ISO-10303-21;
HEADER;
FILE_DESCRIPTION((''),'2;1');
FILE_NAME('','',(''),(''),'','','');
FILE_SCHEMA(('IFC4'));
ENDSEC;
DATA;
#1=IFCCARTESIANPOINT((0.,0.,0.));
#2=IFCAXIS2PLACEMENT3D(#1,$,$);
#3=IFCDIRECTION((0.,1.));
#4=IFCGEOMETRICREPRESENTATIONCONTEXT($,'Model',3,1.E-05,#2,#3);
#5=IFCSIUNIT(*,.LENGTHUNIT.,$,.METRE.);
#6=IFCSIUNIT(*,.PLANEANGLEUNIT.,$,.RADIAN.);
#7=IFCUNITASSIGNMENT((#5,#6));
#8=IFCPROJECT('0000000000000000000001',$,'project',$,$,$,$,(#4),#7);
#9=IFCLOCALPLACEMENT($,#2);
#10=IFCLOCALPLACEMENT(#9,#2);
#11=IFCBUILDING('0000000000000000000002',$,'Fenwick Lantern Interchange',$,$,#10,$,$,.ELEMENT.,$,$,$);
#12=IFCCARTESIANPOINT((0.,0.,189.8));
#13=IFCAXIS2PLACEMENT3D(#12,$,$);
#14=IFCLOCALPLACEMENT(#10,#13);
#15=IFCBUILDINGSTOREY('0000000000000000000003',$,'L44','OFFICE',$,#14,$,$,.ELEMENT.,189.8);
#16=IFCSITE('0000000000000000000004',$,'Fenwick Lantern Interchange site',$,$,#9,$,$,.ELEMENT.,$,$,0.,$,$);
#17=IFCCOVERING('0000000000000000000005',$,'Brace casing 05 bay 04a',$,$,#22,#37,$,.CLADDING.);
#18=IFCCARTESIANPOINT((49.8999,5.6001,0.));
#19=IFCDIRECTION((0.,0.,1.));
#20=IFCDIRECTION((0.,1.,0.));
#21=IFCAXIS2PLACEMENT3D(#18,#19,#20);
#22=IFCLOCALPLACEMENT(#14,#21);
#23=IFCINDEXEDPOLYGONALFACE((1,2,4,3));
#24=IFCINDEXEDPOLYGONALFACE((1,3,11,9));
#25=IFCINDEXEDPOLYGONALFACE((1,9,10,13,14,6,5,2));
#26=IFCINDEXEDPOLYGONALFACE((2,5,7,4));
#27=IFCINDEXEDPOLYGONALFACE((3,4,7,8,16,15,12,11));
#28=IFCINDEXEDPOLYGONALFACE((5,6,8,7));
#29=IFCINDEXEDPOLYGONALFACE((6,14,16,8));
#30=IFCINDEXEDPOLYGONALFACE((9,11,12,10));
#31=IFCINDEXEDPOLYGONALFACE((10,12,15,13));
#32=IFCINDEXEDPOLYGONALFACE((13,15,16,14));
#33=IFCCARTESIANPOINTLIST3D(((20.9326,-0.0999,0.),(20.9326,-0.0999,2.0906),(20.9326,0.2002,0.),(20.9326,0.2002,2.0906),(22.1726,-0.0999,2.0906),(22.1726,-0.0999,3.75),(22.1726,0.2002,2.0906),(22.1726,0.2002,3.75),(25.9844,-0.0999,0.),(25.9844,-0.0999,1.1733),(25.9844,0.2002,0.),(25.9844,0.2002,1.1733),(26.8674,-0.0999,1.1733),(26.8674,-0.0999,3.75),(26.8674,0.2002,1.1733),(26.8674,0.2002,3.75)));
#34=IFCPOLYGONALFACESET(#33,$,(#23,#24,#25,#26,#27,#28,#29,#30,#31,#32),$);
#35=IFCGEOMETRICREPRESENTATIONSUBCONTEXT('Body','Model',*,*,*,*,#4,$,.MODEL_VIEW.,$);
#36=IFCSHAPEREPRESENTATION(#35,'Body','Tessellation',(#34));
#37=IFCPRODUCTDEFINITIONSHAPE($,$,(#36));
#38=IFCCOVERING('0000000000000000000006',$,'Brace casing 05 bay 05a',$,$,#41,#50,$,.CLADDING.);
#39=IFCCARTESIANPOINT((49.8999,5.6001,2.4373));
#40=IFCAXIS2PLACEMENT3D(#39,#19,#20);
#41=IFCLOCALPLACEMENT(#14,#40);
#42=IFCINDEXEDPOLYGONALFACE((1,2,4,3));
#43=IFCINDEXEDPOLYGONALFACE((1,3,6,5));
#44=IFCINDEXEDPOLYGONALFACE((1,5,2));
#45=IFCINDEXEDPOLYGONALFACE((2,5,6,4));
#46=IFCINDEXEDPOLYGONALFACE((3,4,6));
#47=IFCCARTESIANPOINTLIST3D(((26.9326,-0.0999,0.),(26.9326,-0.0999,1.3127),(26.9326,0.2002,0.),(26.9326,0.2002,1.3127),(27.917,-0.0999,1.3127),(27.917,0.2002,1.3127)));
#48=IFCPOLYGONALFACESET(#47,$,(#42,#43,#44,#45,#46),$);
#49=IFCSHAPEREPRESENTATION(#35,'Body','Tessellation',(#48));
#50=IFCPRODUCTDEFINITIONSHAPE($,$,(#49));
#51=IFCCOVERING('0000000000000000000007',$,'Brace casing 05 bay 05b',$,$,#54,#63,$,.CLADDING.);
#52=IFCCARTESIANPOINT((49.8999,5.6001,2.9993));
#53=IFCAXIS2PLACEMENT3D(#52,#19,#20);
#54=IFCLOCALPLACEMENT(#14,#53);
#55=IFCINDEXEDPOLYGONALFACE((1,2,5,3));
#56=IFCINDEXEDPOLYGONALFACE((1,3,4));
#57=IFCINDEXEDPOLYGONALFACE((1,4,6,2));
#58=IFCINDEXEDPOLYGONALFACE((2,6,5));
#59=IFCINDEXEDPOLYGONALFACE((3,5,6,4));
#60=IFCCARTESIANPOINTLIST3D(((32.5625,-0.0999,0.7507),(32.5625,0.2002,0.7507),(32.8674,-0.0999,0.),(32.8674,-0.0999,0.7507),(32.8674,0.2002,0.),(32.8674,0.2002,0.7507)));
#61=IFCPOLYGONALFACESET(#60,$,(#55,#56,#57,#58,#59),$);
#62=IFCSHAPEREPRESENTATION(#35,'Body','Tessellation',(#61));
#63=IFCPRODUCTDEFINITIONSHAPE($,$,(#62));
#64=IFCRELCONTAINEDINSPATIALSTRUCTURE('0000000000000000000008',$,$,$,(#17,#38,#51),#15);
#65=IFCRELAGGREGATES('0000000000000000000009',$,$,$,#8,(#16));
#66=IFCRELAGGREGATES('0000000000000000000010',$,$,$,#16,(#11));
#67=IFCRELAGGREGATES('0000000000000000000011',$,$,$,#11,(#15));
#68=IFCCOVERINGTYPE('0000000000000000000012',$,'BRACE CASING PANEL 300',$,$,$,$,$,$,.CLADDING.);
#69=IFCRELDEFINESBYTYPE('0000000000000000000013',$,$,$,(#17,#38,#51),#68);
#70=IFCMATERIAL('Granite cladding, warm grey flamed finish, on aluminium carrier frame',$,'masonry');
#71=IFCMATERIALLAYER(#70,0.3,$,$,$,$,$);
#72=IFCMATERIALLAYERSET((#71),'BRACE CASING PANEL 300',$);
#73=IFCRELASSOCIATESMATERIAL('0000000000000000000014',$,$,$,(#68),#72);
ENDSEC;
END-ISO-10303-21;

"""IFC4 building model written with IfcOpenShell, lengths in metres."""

from ifc_helpers import new_model, si_unit, direction, frame, origin, place, context, subcontext, project, spatial, polyline, outline, extrude, material, layer, layer_set, type_object, element, save


model = new_model("IFC4")

# Units and contexts
model_context = context("Model", 3, precision=1e-05, world=origin(), true_north=direction((0.0, 1.0)))
body_context = subcontext(model_context, "Body", "Model", "MODEL_VIEW")
ifc_project = project(units=[si_unit("LENGTHUNIT", "METRE"), si_unit("PLANEANGLEUNIT", "RADIAN")], contexts=[model_context])

# Site, building, storey
site_placement = place(None, origin())
site = spatial("IfcSite", under=ifc_project, at=site_placement, Name="Fenwick Lantern Interchange site", CompositionType="ELEMENT", RefElevation=0.0)
building_placement = place(site_placement, origin())
building = spatial("IfcBuilding", under=site, at=building_placement, Name="Fenwick Lantern Interchange", CompositionType="ELEMENT")
storey_placement = place(building_placement, frame((0.0, 0.0, 189.8)))
storey = spatial("IfcBuildingStorey", under=building, at=storey_placement, Name="L44", Description="OFFICE", CompositionType="ELEMENT", Elevation=189.8)

# Coverings
ifc_material_1 = material(Name="Granite cladding, warm grey flamed finish, on aluminium carrier frame", Category="masonry")
ifc_layer_1 = layer(ifc_material_1, 0.3)
ifc_layer_set_1 = layer_set([ifc_layer_1], Name="BRACE CASING PANEL 300")
covering_type = type_object("IfcCoveringType", Name="BRACE CASING PANEL 300", PredefinedType="CLADDING", material=ifc_layer_set_1)
covering_1_placement = place(storey_placement, frame((49.8999, 5.6001, 0.0), z_axis=(0.0, 0.0, 1.0), x_axis=(0.0, 1.0, 0.0)))
element("IfcCovering", 1, at=covering_1_placement, inside=storey, type_object=covering_type, Name="Brace casing 05 bay 04a", PredefinedType="CLADDING", context=body_context, shape_type="SweptSolid", body=[
    extrude(outline(polyline([(20.9326, 0.0), (25.9844, 0.0), (25.9844, 1.1733), (26.8674, 1.1733), (26.8674, 3.75), (22.1726, 3.75), (22.1726, 2.0906), (20.9326, 2.0906), (20.9326, 0.0)])), frame((0.0, 0.2002, 0.0), z_axis=(0.0, -1.0, 0.0), x_axis=(1.0, 0.0, 0.0)), (0.0, 0.0, 1.0), 0.3),
])
covering_2_placement = place(storey_placement, frame((49.8999, 5.6001, 2.4373), z_axis=(0.0, 0.0, 1.0), x_axis=(0.0, 1.0, 0.0)))
element("IfcCovering", 2, at=covering_2_placement, inside=storey, type_object=covering_type, Name="Brace casing 05 bay 05a", PredefinedType="CLADDING", context=body_context, shape_type="SweptSolid", body=[
    extrude(outline(polyline([(26.9326, 0.0), (27.917, 1.3127), (26.9326, 1.3127), (26.9326, 0.0)])), frame((0.0, 0.2002, 0.0), z_axis=(0.0, -1.0, 0.0), x_axis=(1.0, 0.0, 0.0)), (0.0, 0.0, 1.0), 0.3),
])
covering_3_placement = place(storey_placement, frame((49.8999, 5.6001, 2.9993), z_axis=(0.0, 0.0, 1.0), x_axis=(0.0, 1.0, 0.0)))
element("IfcCovering", 3, at=covering_3_placement, inside=storey, type_object=covering_type, Name="Brace casing 05 bay 05b", PredefinedType="CLADDING", context=body_context, shape_type="SweptSolid", body=[
    extrude(outline(polyline([(32.8674, 0.0), (32.8674, 0.7507), (32.5625, 0.7507), (32.8674, 0.0)])), frame((0.0, 0.2002, 0.0), z_axis=(0.0, -1.0, 0.0), x_axis=(1.0, 0.0, 0.0)), (0.0, 0.0, 1.0), 0.3),
])

save(model, "model.ifc")
